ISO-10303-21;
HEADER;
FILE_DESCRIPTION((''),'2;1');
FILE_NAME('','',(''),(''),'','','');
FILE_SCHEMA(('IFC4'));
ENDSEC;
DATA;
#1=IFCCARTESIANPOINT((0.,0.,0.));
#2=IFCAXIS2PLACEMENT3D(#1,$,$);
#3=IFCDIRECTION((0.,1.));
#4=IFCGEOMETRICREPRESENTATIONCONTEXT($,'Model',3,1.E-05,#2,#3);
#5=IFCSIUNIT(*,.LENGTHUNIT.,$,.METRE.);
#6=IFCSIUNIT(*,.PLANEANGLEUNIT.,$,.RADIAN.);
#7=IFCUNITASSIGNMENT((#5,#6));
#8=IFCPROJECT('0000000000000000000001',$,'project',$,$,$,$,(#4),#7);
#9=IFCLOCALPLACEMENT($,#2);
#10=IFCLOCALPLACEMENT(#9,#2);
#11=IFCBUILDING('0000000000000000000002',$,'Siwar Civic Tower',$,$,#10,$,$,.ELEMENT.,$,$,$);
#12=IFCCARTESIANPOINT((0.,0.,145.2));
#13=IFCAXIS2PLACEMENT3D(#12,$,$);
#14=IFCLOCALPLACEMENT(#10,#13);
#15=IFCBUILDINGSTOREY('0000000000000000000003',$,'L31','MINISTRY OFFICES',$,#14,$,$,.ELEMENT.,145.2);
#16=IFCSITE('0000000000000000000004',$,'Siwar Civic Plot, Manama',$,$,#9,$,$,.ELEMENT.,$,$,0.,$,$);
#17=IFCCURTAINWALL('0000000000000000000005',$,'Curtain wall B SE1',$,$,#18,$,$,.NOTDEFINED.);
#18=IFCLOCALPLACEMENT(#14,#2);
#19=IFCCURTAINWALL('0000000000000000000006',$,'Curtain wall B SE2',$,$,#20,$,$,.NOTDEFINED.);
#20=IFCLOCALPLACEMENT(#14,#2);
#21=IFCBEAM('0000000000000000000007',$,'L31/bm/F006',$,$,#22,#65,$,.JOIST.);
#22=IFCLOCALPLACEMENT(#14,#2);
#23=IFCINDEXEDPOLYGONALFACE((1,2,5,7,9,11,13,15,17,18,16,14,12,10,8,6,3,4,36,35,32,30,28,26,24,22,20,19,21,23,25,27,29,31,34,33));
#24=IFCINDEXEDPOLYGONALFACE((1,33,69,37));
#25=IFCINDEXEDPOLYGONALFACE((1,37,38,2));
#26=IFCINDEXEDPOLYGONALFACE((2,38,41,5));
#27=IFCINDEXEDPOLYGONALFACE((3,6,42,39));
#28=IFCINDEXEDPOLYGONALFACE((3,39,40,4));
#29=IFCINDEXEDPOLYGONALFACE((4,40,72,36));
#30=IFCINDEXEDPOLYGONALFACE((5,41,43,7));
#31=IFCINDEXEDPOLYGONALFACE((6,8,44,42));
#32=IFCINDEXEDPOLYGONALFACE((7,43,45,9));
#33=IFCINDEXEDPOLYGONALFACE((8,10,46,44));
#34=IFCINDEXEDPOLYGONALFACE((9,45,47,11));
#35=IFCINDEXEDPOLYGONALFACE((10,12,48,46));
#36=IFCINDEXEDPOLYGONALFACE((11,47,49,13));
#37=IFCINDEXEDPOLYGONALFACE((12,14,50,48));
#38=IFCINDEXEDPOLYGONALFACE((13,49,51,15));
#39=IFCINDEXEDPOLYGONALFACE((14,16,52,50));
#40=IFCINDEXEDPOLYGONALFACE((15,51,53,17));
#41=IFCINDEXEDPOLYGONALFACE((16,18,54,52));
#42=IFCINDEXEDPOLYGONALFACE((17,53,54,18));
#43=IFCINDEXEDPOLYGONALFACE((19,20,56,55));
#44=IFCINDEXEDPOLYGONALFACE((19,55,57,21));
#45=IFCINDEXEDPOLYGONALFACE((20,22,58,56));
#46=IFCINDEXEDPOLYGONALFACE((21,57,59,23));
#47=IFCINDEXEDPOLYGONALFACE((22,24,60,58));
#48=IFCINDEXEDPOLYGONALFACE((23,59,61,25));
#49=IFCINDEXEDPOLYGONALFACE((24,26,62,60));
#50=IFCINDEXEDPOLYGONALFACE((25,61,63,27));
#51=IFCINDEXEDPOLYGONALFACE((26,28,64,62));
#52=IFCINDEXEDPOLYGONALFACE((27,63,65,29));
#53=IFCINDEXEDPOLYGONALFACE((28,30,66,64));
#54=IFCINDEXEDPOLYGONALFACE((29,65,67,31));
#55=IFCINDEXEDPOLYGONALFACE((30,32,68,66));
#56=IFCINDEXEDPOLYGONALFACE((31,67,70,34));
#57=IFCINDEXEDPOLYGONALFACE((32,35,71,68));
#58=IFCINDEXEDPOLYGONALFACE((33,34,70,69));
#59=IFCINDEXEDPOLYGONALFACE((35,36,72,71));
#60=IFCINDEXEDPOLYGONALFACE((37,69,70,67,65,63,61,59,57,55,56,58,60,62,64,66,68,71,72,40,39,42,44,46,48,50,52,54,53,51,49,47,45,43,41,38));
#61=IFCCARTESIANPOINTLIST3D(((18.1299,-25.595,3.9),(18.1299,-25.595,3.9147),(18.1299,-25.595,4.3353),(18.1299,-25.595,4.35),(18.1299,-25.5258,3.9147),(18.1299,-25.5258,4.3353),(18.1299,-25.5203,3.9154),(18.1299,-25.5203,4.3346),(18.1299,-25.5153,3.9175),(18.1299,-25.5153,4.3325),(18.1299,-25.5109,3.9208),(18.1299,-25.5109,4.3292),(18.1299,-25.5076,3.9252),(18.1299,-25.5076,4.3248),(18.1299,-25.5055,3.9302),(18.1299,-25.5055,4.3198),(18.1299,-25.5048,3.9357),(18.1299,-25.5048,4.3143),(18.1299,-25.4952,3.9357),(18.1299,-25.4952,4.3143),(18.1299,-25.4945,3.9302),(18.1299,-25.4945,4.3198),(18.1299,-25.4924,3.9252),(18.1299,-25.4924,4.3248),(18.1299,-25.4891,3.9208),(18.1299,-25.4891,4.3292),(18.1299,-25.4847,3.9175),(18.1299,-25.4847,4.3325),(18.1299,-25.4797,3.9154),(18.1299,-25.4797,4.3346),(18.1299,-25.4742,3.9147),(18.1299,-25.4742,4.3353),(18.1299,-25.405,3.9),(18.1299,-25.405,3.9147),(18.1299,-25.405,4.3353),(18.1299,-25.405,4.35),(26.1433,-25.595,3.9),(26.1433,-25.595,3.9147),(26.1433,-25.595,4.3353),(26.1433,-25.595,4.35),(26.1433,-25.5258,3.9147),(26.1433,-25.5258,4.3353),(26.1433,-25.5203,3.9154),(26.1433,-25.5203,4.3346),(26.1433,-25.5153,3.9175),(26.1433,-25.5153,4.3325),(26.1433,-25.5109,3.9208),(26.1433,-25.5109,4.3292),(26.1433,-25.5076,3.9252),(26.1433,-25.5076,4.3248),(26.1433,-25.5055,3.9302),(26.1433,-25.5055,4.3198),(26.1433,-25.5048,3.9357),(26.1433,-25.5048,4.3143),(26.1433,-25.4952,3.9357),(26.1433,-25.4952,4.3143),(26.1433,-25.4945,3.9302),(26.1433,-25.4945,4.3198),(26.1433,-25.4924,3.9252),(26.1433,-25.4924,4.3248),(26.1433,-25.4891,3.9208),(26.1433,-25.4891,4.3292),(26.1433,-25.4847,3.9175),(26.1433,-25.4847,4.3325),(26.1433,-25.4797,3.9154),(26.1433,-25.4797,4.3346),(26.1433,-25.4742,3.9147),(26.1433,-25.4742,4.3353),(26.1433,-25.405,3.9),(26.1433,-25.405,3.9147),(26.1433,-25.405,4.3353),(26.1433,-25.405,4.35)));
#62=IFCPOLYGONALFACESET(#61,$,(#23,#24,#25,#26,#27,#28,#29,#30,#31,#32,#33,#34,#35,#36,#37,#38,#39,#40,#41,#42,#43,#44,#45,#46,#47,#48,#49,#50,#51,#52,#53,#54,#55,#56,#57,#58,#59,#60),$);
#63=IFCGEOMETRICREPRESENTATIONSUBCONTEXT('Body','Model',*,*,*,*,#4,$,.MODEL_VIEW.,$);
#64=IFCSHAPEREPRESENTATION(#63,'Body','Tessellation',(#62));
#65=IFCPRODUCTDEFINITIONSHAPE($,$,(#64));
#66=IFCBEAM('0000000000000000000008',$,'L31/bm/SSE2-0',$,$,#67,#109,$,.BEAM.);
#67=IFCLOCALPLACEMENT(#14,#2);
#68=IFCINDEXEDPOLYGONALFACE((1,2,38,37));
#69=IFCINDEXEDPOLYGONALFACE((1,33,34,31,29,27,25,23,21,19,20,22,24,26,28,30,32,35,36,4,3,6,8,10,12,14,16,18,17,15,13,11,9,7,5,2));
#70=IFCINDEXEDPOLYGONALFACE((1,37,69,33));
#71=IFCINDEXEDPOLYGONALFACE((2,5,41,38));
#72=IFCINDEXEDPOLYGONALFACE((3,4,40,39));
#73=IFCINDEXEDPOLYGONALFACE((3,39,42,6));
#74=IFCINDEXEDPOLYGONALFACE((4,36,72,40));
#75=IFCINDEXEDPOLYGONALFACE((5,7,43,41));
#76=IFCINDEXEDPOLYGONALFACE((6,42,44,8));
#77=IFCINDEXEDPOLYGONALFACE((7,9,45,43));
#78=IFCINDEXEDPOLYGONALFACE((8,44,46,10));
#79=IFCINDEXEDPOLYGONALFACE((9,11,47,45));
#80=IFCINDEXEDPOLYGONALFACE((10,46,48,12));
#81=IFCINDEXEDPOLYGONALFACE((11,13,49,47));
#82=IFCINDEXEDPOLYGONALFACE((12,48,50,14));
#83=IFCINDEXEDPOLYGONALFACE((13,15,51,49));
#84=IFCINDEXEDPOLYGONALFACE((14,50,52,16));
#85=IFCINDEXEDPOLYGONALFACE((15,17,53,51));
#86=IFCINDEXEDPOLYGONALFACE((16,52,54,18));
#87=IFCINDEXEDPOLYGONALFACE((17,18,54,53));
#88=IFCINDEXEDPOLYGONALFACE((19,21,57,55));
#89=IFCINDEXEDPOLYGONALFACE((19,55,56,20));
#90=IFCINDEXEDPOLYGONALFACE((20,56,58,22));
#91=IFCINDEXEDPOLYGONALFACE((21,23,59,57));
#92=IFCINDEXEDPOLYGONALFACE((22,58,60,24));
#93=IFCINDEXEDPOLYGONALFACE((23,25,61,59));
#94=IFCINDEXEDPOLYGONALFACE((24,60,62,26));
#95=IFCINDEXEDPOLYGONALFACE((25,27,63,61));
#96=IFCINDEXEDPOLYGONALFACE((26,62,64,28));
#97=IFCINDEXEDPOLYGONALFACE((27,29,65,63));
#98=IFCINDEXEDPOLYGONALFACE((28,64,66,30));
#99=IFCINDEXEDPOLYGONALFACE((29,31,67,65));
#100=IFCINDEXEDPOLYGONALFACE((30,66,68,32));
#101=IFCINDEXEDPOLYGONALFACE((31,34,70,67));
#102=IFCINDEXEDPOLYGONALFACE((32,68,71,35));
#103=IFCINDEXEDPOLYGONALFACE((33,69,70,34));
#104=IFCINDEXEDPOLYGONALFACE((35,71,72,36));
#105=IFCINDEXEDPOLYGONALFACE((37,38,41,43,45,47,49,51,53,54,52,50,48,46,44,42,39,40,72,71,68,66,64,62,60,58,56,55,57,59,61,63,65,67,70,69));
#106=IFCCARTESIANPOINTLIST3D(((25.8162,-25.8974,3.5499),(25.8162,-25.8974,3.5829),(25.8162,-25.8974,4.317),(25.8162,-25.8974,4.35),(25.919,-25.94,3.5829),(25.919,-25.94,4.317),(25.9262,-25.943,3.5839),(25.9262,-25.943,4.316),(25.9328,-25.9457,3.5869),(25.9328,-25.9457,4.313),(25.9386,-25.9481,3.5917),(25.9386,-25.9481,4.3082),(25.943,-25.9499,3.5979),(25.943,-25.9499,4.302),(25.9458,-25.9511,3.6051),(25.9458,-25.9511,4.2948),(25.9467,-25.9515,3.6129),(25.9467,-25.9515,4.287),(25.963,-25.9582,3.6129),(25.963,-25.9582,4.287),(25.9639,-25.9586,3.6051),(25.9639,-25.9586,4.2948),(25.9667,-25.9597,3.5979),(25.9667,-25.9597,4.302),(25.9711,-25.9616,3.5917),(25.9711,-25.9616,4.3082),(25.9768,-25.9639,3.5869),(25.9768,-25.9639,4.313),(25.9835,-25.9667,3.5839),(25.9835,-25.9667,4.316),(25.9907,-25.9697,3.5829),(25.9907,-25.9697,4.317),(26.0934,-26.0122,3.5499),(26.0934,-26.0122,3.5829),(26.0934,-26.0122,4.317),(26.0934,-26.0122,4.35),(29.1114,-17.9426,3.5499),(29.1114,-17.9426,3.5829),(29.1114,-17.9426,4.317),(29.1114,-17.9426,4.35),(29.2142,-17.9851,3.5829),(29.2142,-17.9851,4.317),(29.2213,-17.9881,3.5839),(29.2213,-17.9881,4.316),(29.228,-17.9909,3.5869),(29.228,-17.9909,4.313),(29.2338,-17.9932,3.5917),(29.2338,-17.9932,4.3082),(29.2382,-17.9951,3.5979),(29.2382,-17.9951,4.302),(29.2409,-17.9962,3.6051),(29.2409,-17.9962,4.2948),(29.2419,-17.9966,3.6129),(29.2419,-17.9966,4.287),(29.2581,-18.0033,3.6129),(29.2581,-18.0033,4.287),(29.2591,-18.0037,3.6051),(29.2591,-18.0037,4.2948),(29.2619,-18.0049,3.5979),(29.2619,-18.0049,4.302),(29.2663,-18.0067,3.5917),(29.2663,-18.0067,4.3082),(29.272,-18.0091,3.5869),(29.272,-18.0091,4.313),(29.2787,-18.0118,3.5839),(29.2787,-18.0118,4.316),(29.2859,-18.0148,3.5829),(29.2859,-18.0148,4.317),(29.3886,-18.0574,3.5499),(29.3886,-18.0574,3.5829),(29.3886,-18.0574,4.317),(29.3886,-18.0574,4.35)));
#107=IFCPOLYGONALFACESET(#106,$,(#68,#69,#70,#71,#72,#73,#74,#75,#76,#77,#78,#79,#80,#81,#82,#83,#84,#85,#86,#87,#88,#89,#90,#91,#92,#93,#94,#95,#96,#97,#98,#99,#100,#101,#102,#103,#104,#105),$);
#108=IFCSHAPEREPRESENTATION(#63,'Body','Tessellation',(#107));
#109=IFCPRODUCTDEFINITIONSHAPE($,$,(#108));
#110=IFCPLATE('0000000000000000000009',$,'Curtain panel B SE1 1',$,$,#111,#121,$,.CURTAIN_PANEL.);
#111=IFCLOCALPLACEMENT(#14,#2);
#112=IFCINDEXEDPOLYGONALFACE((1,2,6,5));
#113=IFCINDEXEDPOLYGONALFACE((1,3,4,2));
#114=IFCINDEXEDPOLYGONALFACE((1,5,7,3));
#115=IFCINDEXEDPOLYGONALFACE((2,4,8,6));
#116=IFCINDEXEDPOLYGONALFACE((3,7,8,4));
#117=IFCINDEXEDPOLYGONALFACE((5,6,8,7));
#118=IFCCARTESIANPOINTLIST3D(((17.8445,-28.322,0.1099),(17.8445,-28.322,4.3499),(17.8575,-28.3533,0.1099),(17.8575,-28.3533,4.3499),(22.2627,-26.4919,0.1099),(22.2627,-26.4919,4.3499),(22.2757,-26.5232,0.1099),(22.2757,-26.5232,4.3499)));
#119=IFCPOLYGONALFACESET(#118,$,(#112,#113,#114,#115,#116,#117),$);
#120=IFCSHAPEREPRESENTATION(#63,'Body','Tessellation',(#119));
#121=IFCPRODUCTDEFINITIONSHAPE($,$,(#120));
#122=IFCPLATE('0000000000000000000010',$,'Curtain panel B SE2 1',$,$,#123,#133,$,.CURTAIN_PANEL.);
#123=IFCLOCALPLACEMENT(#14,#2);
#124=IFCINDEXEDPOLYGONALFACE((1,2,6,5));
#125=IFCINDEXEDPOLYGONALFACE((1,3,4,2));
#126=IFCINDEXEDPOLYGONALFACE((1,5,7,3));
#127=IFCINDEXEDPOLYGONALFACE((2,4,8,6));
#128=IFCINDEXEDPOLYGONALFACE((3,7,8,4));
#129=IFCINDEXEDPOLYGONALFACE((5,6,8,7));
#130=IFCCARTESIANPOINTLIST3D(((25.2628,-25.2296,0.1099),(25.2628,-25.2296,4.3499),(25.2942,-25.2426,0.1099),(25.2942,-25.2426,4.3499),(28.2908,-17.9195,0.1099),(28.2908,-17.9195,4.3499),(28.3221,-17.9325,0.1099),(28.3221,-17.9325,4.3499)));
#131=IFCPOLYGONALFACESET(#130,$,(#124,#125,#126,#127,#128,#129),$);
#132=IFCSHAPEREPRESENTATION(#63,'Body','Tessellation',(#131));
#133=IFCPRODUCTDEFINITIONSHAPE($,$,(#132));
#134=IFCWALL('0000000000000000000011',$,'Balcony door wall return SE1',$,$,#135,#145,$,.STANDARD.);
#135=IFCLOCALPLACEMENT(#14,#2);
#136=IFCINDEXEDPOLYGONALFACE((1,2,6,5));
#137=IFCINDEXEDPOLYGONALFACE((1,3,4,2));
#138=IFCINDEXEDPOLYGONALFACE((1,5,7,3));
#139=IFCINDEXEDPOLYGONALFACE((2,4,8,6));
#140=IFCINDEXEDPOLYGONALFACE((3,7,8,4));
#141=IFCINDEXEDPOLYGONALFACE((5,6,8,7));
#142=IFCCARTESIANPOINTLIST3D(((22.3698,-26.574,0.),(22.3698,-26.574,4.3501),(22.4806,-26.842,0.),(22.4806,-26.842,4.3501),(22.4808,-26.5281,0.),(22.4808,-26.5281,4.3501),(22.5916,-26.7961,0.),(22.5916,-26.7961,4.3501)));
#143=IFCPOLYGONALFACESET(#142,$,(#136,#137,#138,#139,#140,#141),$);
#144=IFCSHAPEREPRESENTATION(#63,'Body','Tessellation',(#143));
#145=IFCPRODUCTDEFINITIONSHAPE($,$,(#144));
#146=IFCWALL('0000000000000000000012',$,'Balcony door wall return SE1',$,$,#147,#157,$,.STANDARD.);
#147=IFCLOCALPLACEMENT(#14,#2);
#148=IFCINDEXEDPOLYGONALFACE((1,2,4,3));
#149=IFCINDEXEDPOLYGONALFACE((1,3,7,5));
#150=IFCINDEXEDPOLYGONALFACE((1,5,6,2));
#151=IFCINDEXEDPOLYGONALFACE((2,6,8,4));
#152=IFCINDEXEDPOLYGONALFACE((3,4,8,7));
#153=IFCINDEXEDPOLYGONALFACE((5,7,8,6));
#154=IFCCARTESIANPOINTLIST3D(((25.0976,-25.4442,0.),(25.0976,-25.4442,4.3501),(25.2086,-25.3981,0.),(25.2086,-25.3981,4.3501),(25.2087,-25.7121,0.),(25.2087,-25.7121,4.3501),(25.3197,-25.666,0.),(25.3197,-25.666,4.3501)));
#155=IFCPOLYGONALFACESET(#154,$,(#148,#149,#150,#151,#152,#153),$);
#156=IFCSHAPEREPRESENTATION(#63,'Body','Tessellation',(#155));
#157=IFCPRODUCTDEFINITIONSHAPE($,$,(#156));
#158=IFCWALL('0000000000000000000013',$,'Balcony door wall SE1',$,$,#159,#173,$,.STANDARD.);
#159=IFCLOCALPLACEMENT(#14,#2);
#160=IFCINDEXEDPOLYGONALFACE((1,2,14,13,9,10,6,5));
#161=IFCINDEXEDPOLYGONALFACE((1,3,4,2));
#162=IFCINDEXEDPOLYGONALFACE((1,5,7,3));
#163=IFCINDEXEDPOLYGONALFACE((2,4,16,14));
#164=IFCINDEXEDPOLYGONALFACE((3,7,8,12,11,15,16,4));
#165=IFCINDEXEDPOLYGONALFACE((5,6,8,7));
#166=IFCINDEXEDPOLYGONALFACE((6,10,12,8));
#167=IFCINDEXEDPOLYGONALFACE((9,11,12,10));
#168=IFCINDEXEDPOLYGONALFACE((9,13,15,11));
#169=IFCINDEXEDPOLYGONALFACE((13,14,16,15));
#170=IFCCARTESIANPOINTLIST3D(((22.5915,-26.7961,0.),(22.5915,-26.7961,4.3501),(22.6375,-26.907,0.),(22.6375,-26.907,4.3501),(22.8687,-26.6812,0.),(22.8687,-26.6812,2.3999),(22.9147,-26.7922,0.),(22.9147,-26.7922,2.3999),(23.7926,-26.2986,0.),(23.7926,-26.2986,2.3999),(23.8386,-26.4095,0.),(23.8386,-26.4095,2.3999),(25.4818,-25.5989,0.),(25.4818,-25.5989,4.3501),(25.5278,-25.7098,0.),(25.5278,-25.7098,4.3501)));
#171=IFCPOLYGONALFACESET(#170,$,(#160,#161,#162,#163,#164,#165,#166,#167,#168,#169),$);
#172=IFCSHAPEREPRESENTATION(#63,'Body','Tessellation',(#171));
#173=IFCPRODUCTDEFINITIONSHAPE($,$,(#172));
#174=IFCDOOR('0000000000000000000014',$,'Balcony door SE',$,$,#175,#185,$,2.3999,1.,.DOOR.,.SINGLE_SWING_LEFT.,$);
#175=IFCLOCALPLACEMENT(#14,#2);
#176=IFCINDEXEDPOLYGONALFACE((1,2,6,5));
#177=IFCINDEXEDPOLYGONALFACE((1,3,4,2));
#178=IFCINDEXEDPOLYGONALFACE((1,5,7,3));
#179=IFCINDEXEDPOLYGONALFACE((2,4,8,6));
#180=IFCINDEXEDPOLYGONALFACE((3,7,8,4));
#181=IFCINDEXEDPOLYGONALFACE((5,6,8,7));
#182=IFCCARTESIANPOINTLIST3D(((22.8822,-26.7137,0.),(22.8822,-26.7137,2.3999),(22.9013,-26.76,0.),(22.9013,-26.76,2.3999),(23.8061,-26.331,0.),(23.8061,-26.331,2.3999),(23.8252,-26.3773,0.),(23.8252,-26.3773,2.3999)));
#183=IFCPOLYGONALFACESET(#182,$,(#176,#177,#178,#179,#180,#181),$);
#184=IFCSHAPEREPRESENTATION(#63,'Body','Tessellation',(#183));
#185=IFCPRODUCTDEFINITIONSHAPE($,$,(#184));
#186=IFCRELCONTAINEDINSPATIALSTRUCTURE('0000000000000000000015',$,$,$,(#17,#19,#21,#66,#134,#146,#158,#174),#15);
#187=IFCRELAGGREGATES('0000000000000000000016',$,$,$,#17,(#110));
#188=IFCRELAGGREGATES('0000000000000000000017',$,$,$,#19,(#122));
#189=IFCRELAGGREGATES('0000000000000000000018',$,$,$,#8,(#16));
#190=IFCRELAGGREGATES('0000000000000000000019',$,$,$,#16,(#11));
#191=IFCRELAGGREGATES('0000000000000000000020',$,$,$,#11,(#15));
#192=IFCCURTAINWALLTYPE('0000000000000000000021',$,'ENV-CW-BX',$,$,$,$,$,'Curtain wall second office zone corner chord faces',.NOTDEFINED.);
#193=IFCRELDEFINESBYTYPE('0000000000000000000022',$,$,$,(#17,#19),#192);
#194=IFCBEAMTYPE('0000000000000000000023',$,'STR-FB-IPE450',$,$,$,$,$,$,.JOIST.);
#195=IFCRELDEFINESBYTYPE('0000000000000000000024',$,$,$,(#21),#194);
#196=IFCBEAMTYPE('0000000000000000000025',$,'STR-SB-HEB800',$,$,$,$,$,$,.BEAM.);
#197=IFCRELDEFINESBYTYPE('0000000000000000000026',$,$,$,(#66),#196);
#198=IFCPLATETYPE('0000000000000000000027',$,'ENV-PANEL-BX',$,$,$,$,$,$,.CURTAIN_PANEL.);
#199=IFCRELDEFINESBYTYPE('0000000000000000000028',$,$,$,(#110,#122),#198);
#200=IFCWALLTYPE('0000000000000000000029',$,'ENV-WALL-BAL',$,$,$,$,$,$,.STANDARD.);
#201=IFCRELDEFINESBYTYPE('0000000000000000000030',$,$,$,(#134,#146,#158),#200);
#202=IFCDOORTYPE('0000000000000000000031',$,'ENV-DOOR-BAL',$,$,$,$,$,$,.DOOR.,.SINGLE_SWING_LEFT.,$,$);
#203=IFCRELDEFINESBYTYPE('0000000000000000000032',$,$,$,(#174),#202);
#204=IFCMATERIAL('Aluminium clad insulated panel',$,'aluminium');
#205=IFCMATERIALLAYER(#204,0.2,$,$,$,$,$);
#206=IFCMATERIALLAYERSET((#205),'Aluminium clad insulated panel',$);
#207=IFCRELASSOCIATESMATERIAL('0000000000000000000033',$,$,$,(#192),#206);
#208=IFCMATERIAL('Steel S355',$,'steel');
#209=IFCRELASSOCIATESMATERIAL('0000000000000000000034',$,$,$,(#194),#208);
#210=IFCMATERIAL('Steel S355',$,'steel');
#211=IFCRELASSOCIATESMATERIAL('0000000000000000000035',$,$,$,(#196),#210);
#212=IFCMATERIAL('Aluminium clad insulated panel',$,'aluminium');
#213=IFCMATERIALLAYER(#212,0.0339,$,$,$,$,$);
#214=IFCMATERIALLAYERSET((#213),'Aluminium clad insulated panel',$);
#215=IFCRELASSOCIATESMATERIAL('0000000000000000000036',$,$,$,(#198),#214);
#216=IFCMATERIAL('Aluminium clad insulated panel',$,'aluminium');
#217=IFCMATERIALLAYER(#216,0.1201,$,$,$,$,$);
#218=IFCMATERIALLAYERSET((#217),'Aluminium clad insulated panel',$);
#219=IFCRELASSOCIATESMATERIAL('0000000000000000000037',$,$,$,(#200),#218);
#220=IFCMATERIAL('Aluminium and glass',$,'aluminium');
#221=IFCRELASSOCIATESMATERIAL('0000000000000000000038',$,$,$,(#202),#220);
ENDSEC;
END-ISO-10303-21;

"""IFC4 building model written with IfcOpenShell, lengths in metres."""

from ifc_helpers import new_model, si_unit, direction, frame, frame_2d, origin, origin_2d, place, context, subcontext, project, spatial, rectangle, i_section, extrude, material, layer, layer_set, material_profile, profile_set, type_object, element, fill, aggregate, save


model = new_model("IFC4")

# Units and contexts
model_context = context("Model", 3, precision=1e-05, world=origin(), true_north=direction((0.0, 1.0)))
body_context = subcontext(model_context, "Body", "Model", "MODEL_VIEW")
ifc_project = project(units=[si_unit("LENGTHUNIT", "METRE"), si_unit("PLANEANGLEUNIT", "RADIAN")], contexts=[model_context])

# Site, building, storey
site_placement = place(None, origin())
site = spatial("IfcSite", under=ifc_project, at=site_placement, Name="Siwar Civic Plot, Manama", CompositionType="ELEMENT", RefElevation=0.0)
building_placement = place(site_placement, origin())
building = spatial("IfcBuilding", under=site, at=building_placement, Name="Siwar Civic Tower", CompositionType="ELEMENT")
storey_placement = place(building_placement, frame((0.0, 0.0, 145.2)))
storey = spatial("IfcBuildingStorey", under=building, at=storey_placement, Name="L31", Description="MINISTRY OFFICES", CompositionType="ELEMENT", Elevation=145.2)

# Curtain wall
ifc_material_1 = material(Name="Aluminium clad insulated panel", Category="aluminium")
ifc_layer_1 = layer(ifc_material_1, 0.2)
ifc_layer_set_1 = layer_set([ifc_layer_1], Name="Aluminium clad insulated panel")
curtain_wall_type = type_object("IfcCurtainWallType", Name="ENV-CW-BX", ElementType="Curtain wall second office zone corner chord faces", PredefinedType="NOTDEFINED", material=ifc_layer_set_1)
curtain_wall_1_placement = place(storey_placement, origin())
curtain_wall_1 = element("IfcCurtainWall", 1, at=curtain_wall_1_placement, inside=storey, type_object=curtain_wall_type, Name="Curtain wall B SE1", PredefinedType="NOTDEFINED")

# Curtain wall
curtain_wall_2_placement = place(storey_placement, origin())
curtain_wall_2 = element("IfcCurtainWall", 2, at=curtain_wall_2_placement, inside=storey, type_object=curtain_wall_type, Name="Curtain wall B SE2", PredefinedType="NOTDEFINED")

# Beams
ifc_material_2 = material(Name="Steel S355", Category="steel")
ifc_material_profile_1 = material_profile(ifc_material_2, i_section(OverallWidth=0.1899, OverallDepth=0.45, WebThickness=0.0095, FlangeThickness=0.0146, FilletRadius=0.021, at=origin_2d()), Name="IPE450")
ifc_profile_set_1 = profile_set([ifc_material_profile_1], Name="Steel S355")
beam_type_1 = type_object("IfcBeamType", Name="STR-FB-IPE450", PredefinedType="JOIST", material=ifc_profile_set_1)
beam_1_placement = place(storey_placement, frame((18.1299, -25.5, 4.125), z_axis=(1.0, 0.0, 0.0), x_axis=(0.0, 1.0, 0.0)))
element("IfcBeam", 3, at=beam_1_placement, inside=storey, type_object=beam_type_1, Name="L31/bm/F006", PredefinedType="JOIST", context=body_context, shape_type="SweptSolid", body=[
    extrude(i_section(OverallWidth=0.1899, OverallDepth=0.45, WebThickness=0.0095, FlangeThickness=0.0146, FilletRadius=0.021, at=origin_2d()), origin(), (0.0, 0.0, 1.0), 8.0134),
])
ifc_material_3 = material(Name="Steel S355", Category="steel")
ifc_material_profile_2 = material_profile(ifc_material_3, i_section(OverallWidth=0.3, OverallDepth=0.8, WebThickness=0.0176, FlangeThickness=0.033, FilletRadius=0.03, at=origin_2d()), Name="HEB800")
ifc_profile_set_2 = profile_set([ifc_material_profile_2], Name="Steel S355")
beam_type_2 = type_object("IfcBeamType", Name="STR-SB-HEB800", PredefinedType="BEAM", material=ifc_profile_set_2)
beam_2_placement = place(storey_placement, frame((25.9548, -25.9548, 3.95), z_axis=(0.3827, 0.923873, 0.0), x_axis=(-0.923873, 0.3827, 0.0)))
element("IfcBeam", 4, at=beam_2_placement, inside=storey, type_object=beam_type_2, Name="L31/bm/SSE2-0", PredefinedType="BEAM", context=body_context, shape_type="SweptSolid", body=[
    extrude(i_section(OverallWidth=0.3, OverallDepth=0.8, WebThickness=0.0176, FlangeThickness=0.033, FilletRadius=0.03, at=origin_2d()), origin(), (0.0, 0.0, 1.0), 8.6104),
])

# Plates
ifc_material_4 = material(Name="Aluminium clad insulated panel", Category="aluminium")
ifc_layer_2 = layer(ifc_material_4, 0.0339)
ifc_layer_set_2 = layer_set([ifc_layer_2], Name="Aluminium clad insulated panel")
plate_type = type_object("IfcPlateType", Name="ENV-PANEL-BX", PredefinedType="CURTAIN_PANEL", material=ifc_layer_set_2)
plate_1_placement = place(storey_placement, frame((20.0601, -27.4226, 0.1099), z_axis=(0.0, 0.0, 1.0), x_axis=(0.92388, 0.382683, 0.0)))
plate_1 = element("IfcPlate", 5, at=plate_1_placement, type_object=plate_type, Name="Curtain panel B SE1 1", PredefinedType="CURTAIN_PANEL", context=body_context, shape_type="SweptSolid", body=[
    extrude(rectangle(XDim=4.7822, YDim=0.0339, at=origin_2d()), origin(), (0.0, 0.0, 1.0), 4.24),
])
aggregate(curtain_wall_1, [plate_1])
plate_2_placement = place(storey_placement, frame((26.7925, -21.5811, 0.1099), z_axis=(0.0, 0.0, 1.0), x_axis=(0.382683, 0.92388, 0.0)))
plate_2 = element("IfcPlate", 6, at=plate_2_placement, type_object=plate_type, Name="Curtain panel B SE2 1", PredefinedType="CURTAIN_PANEL", context=body_context, shape_type="SweptSolid", body=[
    extrude(rectangle(XDim=7.9124, YDim=0.0339, at=origin_2d()), origin(), (0.0, 0.0, 1.0), 4.24),
])
aggregate(curtain_wall_2, [plate_2])

# Walls
ifc_material_5 = material(Name="Aluminium clad insulated panel", Category="aluminium")
ifc_layer_3 = layer(ifc_material_5, 0.1201)
ifc_layer_set_3 = layer_set([ifc_layer_3], Name="Aluminium clad insulated panel")
wall_type_1 = type_object("IfcWallType", Name="ENV-WALL-BAL", PredefinedType="STANDARD", material=ifc_layer_set_3)
for number, where, z_axis, x_axis, name in (
    (7, (22.4253, -26.551, 0.0), (0.0, 0.0, 1.0), (0.382104, -0.924119, 0.0), "Balcony door wall return SE1"),
    (8, (25.1531, -25.4211, 0.0), (0.0, 0.0, 1.0), (0.38312, -0.923699, 0.0), "Balcony door wall return SE1"),
):
    element("IfcWall", number, at=place(storey_placement, frame(where, z_axis=z_axis, x_axis=x_axis)), inside=storey, type_object=wall_type_1, Name=name, PredefinedType="STANDARD", context=body_context, shape_type="SweptSolid", body=[
        extrude(rectangle(XDim=0.29, YDim=0.1201, at=frame_2d((0.145, 0.0))), origin(), (0.0, 0.0, 1.0), 4.3501),
    ])

# Wall, opening, door
wall_1_placement = place(storey_placement, frame((22.6145, -26.8516, 0.0), z_axis=(0.0, 0.0, 1.0), x_axis=(0.923876, 0.382692, 0.0)))
wall_1 = element("IfcWall", 9, at=wall_1_placement, inside=storey, type_object=wall_type_1, Name="Balcony door wall SE1", PredefinedType="STANDARD", context=body_context, shape_type="SweptSolid", body=[
    extrude(rectangle(XDim=3.1284, YDim=0.1201, at=frame_2d((1.5642, 0.0))), origin(), (0.0, 0.0, 1.0), 4.3501),
])
opening_placement = place(wall_1_placement, frame((0.3, 0.0, 0.0)))
opening = element("IfcOpeningElement", 10, at=opening_placement, cuts=wall_1, PredefinedType="OPENING", context=body_context, shape_type="SweptSolid", body=[
    extrude(rectangle(XDim=1.0, YDim=2.3999, at=frame_2d((0.5, 1.2))), frame((0.0, 0.0701, 0.0), z_axis=(0.0, -1.0, 0.0), x_axis=(1.0, 0.0, 0.0)), (0.0, 0.0, 1.0), 0.1401),
])
ifc_material_6 = material(Name="Aluminium and glass", Category="aluminium")
door_type = type_object("IfcDoorType", Name="ENV-DOOR-BAL", OperationType="SINGLE_SWING_LEFT", PredefinedType="DOOR", material=ifc_material_6)
door_placement = place(opening_placement, origin())
door = element("IfcDoor", 11, at=door_placement, inside=storey, type_object=door_type, Name="Balcony door SE", OperationType="SINGLE_SWING_LEFT", OverallHeight=2.3999, OverallWidth=1.0, PredefinedType="DOOR", context=body_context, shape_type="SweptSolid", body=[
    extrude(rectangle(XDim=1.0, YDim=2.3999, at=frame_2d((0.5, 1.2))), frame((0.0, 0.0249, 0.0), z_axis=(0.0, -1.0, 0.0), x_axis=(1.0, 0.0, 0.0)), (0.0, 0.0, 1.0), 0.05),
])
fill(opening, door)

save(model, "model.ifc")
